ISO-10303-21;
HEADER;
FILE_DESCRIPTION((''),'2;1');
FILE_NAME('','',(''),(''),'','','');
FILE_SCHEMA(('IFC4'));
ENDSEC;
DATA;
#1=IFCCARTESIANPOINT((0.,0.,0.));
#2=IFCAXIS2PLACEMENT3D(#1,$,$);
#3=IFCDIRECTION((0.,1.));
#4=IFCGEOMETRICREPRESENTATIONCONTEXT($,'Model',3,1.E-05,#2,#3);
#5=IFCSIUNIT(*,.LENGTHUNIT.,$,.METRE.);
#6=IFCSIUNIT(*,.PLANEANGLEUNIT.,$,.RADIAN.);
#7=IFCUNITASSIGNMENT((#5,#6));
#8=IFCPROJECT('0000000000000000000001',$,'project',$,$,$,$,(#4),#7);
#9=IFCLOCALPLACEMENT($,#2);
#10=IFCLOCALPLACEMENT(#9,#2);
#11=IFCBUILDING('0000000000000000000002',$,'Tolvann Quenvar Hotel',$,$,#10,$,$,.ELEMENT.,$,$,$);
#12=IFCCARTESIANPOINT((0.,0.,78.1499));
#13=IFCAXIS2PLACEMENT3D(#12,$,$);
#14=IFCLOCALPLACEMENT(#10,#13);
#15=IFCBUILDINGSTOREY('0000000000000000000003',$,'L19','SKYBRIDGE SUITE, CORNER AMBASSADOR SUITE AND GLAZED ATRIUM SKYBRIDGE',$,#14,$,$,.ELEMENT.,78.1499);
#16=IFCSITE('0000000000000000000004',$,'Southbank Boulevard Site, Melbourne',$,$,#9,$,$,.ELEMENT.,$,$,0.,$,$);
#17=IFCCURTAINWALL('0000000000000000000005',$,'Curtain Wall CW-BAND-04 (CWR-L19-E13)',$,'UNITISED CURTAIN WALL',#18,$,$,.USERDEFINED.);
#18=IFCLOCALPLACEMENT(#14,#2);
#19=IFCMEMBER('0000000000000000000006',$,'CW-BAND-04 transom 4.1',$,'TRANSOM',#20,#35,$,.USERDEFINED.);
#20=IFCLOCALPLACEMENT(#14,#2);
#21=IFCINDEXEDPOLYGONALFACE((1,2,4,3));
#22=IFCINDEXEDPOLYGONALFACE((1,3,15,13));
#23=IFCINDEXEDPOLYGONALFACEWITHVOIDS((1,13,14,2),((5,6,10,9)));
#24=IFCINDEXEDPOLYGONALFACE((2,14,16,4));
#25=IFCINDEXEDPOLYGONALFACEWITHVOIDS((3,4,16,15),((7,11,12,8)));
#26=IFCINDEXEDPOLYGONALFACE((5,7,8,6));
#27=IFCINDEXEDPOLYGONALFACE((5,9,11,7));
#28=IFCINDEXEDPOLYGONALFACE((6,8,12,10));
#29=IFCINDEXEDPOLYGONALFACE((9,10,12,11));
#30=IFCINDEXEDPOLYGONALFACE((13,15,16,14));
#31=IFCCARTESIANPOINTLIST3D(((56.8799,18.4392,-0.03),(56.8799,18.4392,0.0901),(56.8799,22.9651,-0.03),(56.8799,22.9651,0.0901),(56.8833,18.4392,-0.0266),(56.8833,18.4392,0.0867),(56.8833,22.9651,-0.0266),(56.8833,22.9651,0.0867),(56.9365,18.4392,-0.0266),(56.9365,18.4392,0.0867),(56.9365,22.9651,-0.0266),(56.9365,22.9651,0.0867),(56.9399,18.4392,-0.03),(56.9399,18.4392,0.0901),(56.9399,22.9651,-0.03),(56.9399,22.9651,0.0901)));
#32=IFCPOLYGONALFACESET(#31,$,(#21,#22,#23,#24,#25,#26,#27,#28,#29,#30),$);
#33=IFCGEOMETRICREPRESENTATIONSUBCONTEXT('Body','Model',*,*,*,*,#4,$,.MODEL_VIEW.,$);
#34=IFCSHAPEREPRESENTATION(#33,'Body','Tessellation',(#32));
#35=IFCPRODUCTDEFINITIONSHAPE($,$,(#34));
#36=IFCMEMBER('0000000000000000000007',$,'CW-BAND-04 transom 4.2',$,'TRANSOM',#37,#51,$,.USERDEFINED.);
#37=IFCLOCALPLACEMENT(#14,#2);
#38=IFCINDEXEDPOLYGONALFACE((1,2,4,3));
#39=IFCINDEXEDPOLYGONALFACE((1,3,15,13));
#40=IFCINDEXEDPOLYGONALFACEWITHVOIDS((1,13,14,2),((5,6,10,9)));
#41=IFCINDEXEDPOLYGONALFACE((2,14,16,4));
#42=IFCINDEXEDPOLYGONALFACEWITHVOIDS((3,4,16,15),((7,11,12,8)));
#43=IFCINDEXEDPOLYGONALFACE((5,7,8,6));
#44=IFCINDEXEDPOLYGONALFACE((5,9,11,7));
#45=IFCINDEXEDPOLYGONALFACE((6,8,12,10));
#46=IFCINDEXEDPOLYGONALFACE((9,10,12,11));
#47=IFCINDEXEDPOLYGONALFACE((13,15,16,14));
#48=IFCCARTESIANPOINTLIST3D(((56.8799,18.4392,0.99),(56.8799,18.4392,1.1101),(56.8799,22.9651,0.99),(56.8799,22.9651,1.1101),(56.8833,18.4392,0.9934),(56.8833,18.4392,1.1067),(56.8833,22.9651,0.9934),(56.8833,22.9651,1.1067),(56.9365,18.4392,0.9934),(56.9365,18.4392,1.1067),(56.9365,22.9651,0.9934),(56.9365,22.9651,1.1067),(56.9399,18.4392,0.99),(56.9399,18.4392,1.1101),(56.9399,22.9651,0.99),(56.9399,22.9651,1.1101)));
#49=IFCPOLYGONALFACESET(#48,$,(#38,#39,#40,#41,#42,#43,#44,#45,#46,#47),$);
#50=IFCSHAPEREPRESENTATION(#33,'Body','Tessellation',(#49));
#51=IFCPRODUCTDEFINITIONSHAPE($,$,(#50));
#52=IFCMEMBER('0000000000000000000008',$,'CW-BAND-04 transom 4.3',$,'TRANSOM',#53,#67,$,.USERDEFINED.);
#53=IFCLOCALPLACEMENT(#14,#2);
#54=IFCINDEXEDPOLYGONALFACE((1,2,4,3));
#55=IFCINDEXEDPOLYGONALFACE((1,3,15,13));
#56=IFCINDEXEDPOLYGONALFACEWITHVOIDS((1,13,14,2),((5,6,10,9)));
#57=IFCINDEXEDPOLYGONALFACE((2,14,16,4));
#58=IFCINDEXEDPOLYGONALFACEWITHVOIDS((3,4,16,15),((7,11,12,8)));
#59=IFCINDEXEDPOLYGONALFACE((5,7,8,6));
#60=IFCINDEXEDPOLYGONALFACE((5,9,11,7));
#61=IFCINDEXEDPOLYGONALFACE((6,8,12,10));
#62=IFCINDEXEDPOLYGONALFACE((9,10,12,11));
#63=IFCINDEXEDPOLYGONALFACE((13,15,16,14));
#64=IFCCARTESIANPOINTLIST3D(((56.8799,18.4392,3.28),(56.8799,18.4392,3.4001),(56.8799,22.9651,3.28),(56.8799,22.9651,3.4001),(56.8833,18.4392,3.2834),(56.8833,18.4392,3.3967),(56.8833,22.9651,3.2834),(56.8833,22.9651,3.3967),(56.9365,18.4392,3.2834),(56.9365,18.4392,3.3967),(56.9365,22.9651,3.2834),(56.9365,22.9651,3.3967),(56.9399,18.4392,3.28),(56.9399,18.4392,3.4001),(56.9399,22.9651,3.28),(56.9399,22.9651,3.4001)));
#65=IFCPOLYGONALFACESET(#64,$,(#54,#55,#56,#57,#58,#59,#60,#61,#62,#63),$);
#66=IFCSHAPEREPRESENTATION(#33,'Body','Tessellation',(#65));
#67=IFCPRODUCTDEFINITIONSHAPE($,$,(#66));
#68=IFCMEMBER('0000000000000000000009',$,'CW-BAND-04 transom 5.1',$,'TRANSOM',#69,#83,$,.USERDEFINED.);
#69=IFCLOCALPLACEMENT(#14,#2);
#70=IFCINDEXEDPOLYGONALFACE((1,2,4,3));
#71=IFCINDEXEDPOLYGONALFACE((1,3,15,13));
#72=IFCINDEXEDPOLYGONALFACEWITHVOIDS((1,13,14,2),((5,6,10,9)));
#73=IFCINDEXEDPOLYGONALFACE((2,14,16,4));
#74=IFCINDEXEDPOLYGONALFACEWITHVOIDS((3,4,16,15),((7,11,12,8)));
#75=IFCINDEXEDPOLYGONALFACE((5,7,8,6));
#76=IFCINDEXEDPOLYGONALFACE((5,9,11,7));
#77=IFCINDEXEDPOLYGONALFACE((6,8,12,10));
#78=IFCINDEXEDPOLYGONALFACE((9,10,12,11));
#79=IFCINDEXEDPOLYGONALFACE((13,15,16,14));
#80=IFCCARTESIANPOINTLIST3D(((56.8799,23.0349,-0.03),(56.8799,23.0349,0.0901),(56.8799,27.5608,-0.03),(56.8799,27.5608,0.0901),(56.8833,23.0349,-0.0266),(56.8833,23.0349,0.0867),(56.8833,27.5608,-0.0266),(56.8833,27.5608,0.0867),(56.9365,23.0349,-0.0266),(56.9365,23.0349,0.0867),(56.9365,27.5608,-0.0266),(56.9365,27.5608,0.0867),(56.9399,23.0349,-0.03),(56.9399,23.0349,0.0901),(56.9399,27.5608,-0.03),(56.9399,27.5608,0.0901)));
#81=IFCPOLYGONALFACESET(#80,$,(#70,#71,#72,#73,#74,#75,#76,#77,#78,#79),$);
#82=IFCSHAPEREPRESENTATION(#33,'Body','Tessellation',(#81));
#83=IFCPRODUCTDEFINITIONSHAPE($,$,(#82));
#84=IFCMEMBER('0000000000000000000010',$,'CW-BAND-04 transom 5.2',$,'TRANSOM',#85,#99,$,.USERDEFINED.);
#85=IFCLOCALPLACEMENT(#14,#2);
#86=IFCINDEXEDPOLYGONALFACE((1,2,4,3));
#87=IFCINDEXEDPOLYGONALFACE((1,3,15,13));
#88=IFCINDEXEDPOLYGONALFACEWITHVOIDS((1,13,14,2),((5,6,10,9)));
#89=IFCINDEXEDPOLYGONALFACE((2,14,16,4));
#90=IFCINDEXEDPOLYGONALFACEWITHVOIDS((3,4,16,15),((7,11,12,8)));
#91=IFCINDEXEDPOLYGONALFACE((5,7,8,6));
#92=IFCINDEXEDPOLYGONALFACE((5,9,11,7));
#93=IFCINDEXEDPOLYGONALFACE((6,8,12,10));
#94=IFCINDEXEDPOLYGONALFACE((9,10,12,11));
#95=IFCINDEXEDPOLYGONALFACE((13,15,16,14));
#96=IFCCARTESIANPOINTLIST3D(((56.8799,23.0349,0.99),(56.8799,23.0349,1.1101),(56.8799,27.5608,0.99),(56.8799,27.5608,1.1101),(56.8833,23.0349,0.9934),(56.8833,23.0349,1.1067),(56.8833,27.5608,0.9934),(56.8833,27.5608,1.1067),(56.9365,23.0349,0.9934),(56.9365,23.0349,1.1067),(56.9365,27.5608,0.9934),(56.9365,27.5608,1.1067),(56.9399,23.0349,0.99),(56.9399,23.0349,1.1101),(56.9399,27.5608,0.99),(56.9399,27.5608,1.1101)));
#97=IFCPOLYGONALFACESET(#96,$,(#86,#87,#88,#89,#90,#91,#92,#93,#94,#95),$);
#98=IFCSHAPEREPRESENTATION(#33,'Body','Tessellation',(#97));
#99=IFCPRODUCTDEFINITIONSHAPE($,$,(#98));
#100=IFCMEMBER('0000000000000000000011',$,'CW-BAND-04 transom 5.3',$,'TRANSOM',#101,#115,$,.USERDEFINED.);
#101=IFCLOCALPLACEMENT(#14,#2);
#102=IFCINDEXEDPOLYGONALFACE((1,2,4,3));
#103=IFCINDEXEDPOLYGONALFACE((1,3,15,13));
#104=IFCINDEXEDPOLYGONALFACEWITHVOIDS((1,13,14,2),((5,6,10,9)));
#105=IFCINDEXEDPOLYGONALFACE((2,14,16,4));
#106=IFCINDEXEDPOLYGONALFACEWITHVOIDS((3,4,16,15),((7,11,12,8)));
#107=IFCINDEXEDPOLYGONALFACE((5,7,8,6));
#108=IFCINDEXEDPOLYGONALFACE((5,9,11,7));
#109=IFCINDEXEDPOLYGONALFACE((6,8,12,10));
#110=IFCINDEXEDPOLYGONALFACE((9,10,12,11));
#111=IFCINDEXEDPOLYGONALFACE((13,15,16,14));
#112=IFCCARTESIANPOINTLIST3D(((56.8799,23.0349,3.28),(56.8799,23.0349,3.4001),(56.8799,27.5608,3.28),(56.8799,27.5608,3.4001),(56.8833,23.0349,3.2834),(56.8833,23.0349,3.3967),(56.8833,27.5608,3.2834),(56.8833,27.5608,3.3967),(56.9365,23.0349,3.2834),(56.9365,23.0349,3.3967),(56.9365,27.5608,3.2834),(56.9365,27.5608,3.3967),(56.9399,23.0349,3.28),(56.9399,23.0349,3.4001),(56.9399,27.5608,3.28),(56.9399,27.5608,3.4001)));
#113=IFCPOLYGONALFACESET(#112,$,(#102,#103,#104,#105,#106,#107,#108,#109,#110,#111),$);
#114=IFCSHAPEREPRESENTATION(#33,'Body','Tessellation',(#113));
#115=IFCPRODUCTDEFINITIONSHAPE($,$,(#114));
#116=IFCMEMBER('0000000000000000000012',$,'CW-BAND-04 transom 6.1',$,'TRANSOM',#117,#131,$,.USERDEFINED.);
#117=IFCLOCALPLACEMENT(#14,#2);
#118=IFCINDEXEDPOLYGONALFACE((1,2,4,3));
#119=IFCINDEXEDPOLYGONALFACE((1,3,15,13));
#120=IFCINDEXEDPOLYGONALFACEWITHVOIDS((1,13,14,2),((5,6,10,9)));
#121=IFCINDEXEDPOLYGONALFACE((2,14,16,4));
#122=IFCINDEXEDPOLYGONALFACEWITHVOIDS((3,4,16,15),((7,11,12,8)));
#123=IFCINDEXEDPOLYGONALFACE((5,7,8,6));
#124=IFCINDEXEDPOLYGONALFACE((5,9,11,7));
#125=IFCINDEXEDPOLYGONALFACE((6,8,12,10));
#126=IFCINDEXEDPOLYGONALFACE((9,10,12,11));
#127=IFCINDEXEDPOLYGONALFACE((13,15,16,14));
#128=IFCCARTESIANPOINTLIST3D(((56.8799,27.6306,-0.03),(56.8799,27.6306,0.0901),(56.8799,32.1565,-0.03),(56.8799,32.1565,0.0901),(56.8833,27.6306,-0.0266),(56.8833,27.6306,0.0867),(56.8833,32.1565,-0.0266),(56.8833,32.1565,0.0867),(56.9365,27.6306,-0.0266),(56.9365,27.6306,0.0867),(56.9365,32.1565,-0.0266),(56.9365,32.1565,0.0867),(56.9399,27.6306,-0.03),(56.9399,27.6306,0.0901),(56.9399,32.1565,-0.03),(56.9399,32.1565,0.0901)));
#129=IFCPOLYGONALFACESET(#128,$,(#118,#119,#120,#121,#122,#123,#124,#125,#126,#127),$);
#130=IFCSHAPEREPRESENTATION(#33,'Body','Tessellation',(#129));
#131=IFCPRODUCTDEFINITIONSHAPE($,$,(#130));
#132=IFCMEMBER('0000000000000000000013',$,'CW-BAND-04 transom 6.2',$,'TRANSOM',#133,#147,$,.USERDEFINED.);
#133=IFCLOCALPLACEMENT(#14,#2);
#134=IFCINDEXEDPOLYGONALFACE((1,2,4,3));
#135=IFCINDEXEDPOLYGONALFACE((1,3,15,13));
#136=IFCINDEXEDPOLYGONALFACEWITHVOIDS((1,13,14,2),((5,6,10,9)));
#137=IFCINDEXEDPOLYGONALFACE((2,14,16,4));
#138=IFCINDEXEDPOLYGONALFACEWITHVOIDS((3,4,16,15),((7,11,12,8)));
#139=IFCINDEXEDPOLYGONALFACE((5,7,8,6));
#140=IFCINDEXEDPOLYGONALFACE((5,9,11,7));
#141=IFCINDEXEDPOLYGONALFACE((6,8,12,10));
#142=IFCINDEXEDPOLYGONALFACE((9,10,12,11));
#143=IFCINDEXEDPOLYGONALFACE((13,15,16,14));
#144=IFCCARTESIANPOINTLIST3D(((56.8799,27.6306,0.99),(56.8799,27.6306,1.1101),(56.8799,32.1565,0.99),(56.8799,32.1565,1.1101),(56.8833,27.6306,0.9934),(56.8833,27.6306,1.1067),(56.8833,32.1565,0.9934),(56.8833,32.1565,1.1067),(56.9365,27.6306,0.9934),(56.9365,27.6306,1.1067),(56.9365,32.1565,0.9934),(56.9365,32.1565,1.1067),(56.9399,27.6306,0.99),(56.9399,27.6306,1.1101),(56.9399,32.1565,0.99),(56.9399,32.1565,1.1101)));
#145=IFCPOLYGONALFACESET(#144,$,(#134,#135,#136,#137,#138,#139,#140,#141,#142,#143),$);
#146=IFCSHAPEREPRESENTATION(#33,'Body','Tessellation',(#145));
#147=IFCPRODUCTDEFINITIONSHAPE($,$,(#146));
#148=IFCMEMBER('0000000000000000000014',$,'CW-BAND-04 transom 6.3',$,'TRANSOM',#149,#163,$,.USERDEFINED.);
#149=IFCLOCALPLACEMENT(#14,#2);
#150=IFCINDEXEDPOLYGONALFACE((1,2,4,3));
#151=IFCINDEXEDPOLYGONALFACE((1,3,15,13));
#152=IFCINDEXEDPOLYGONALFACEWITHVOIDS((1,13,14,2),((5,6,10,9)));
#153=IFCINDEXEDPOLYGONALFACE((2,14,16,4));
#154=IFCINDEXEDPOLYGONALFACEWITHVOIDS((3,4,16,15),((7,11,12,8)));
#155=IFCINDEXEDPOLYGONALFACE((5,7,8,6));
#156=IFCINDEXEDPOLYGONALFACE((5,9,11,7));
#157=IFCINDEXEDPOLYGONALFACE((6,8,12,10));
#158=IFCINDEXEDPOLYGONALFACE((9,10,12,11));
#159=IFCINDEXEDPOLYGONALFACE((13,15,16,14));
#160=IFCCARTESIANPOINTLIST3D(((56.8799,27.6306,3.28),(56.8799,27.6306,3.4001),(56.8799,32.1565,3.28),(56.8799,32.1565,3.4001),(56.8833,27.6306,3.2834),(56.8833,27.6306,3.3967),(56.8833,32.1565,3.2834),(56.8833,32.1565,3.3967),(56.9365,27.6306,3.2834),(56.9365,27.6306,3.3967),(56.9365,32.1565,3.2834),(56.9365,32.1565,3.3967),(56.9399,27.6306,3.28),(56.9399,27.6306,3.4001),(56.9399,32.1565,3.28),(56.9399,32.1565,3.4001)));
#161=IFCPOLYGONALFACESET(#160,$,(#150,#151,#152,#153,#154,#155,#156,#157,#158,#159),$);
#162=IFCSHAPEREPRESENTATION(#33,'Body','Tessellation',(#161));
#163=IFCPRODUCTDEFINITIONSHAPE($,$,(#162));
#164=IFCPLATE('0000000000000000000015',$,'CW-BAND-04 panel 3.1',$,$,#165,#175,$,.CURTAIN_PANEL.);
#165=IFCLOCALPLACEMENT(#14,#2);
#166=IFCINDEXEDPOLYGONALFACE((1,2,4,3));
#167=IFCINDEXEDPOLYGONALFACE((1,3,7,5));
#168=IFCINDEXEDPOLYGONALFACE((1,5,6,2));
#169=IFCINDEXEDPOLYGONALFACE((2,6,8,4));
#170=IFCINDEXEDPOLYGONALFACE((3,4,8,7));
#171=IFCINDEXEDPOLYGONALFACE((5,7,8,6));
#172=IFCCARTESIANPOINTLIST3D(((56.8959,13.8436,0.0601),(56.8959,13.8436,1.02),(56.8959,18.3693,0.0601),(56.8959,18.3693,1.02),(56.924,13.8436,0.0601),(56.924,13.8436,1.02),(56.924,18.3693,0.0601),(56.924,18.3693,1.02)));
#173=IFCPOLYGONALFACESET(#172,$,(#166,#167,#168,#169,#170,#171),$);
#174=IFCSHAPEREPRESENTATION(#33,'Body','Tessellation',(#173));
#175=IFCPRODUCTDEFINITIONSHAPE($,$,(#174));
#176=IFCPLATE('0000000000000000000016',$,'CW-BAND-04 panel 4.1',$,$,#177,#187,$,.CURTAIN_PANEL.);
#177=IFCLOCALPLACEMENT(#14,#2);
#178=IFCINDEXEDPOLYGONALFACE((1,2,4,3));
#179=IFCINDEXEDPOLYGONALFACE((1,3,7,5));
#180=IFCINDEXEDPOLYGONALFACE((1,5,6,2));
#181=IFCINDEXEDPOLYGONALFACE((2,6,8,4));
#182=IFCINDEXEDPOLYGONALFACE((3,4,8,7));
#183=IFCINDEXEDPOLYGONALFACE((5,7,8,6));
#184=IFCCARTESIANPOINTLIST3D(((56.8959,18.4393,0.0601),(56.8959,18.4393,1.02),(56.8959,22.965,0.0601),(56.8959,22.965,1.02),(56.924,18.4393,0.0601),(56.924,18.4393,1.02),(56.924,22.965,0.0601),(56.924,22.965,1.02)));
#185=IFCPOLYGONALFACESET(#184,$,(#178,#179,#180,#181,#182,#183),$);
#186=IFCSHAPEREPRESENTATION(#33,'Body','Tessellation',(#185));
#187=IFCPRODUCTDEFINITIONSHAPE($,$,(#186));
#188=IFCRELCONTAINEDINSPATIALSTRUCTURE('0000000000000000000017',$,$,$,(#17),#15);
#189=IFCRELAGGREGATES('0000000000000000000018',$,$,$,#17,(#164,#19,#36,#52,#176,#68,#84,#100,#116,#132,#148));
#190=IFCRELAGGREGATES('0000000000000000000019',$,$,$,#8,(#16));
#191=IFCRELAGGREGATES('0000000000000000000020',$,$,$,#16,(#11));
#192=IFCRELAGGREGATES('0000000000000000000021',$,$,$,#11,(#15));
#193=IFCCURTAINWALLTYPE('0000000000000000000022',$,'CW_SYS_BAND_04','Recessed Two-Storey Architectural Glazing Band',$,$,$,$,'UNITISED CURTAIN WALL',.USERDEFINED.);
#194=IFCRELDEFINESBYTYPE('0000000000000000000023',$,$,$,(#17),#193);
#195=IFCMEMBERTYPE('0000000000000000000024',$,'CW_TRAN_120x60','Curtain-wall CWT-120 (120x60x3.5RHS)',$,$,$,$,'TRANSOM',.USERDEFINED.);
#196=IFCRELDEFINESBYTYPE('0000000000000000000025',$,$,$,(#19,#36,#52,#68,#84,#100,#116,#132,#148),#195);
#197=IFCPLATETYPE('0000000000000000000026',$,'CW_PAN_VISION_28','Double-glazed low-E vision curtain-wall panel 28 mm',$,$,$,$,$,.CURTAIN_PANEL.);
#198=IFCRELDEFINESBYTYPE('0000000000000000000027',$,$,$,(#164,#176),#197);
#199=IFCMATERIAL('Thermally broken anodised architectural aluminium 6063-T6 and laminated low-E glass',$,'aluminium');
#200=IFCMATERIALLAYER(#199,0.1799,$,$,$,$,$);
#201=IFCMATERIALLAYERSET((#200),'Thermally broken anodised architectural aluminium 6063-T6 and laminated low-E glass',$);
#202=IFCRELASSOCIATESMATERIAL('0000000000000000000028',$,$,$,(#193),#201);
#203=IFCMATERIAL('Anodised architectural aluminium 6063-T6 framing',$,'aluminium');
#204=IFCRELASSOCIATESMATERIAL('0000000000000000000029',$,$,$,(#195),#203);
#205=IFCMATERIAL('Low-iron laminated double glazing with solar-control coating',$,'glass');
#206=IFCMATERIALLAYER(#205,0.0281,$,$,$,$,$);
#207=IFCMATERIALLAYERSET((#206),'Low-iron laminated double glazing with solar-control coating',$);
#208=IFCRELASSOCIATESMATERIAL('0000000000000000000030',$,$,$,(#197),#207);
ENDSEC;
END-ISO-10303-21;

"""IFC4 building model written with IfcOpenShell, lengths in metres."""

from ifc_helpers import new_model, si_unit, direction, frame, origin, origin_2d, place, context, subcontext, project, spatial, rectangle, hollow_rectangle, extrude, source, transform, mapped, material, layer, layer_set, material_profile, profile_set, type_object, type_shapes, element, aggregate, save


model = new_model("IFC4")

# Units and contexts
model_context = context("Model", 3, precision=1e-05, world=origin(), true_north=direction((0.0, 1.0)))
body_context = subcontext(model_context, "Body", "Model", "MODEL_VIEW")
ifc_project = project(units=[si_unit("LENGTHUNIT", "METRE"), si_unit("PLANEANGLEUNIT", "RADIAN")], contexts=[model_context])

# Site, building, storey
site_placement = place(None, origin())
site = spatial("IfcSite", under=ifc_project, at=site_placement, Name="Southbank Boulevard Site, Melbourne", CompositionType="ELEMENT", RefElevation=0.0)
building_placement = place(site_placement, origin())
building = spatial("IfcBuilding", under=site, at=building_placement, Name="Tolvann Quenvar Hotel", CompositionType="ELEMENT")
storey_placement = place(building_placement, frame((0.0, 0.0, 78.1499)))
storey = spatial("IfcBuildingStorey", under=building, at=storey_placement, Name="L19", Description="SKYBRIDGE SUITE, CORNER AMBASSADOR SUITE AND GLAZED ATRIUM SKYBRIDGE", CompositionType="ELEMENT", Elevation=78.1499)

# Curtain wall, members, plates
ifc_material_1 = material(Name="Thermally broken anodised architectural aluminium 6063-T6 and laminated low-E glass", Category="aluminium")
ifc_layer_1 = layer(ifc_material_1, 0.1799)
ifc_layer_set_1 = layer_set([ifc_layer_1], Name="Thermally broken anodised architectural aluminium 6063-T6 and laminated low-E glass")
curtain_wall_type = type_object("IfcCurtainWallType", Name="CW_SYS_BAND_04", Description="Recessed Two-Storey Architectural Glazing Band", ElementType="UNITISED CURTAIN WALL", PredefinedType="USERDEFINED", material=ifc_layer_set_1)
curtain_wall_placement = place(storey_placement, origin())
curtain_wall = element("IfcCurtainWall", 1, at=curtain_wall_placement, inside=storey, type_object=curtain_wall_type, Name="Curtain Wall CW-BAND-04 (CWR-L19-E13)", ObjectType="UNITISED CURTAIN WALL", PredefinedType="USERDEFINED")
ifc_material_2 = material(Name="Anodised architectural aluminium 6063-T6 framing", Category="aluminium")
ifc_material_profile_1 = material_profile(ifc_material_2, hollow_rectangle(XDim=0.0601, YDim=0.1201, WallThickness=0.0034, at=origin_2d()), Name="120x60x3.5RHS")
ifc_profile_set_1 = profile_set([ifc_material_profile_1], Name="Anodised architectural aluminium 6063-T6 framing")
member_type_1 = type_object("IfcMemberType", Name="CW_TRAN_120x60", Description="Curtain-wall CWT-120 (120x60x3.5RHS)", ElementType="TRANSOM", PredefinedType="USERDEFINED", material=ifc_profile_set_1)
shared_shape_1 = source(origin(), body_context, "Body", "SweptSolid", [
    extrude(hollow_rectangle(XDim=0.0601, YDim=0.1201, WallThickness=0.0034, at=origin_2d()), origin(), (0.0, 0.0, 1.0), 4.5259),
])
type_shapes(member_type_1, [shared_shape_1])
member_1_placement = place(storey_placement, frame((56.9099, 18.4392, 0.03), z_axis=(0.0, 1.0, 0.0), x_axis=(-1.0, 0.0, 0.0)))
member_1 = element("IfcMember", 2, at=member_1_placement, type_object=member_type_1, Name="CW-BAND-04 transom 4.1", ObjectType="TRANSOM", PredefinedType="USERDEFINED", context=body_context, shape_type="MappedRepresentation", body=[
    mapped(shared_shape_1, transform((0.0, 0.0, 0.0), x_axis=(1.0, 0.0, 0.0), y_axis=(0.0, 1.0, 0.0), z_axis=(0.0, 0.0, 1.0), scale=1.0)),
])
member_2_placement = place(storey_placement, frame((56.9099, 18.4392, 1.05), z_axis=(0.0, 1.0, 0.0), x_axis=(-1.0, 0.0, 0.0)))
member_2 = element("IfcMember", 3, at=member_2_placement, type_object=member_type_1, Name="CW-BAND-04 transom 4.2", ObjectType="TRANSOM", PredefinedType="USERDEFINED", context=body_context, shape_type="MappedRepresentation", body=[
    mapped(shared_shape_1, transform((0.0, 0.0, 0.0), x_axis=(1.0, 0.0, 0.0), y_axis=(0.0, 1.0, 0.0), z_axis=(0.0, 0.0, 1.0), scale=1.0)),
])
member_3_placement = place(storey_placement, frame((56.9099, 18.4392, 3.3401), z_axis=(0.0, 1.0, 0.0), x_axis=(-1.0, 0.0, 0.0)))
member_3 = element("IfcMember", 4, at=member_3_placement, type_object=member_type_1, Name="CW-BAND-04 transom 4.3", ObjectType="TRANSOM", PredefinedType="USERDEFINED", context=body_context, shape_type="MappedRepresentation", body=[
    mapped(shared_shape_1, transform((0.0, 0.0, 0.0), x_axis=(1.0, 0.0, 0.0), y_axis=(0.0, 1.0, 0.0), z_axis=(0.0, 0.0, 1.0), scale=1.0)),
])
member_4_placement = place(storey_placement, frame((56.9099, 23.0349, 0.03), z_axis=(0.0, 1.0, 0.0), x_axis=(-1.0, 0.0, 0.0)))
member_4 = element("IfcMember", 5, at=member_4_placement, type_object=member_type_1, Name="CW-BAND-04 transom 5.1", ObjectType="TRANSOM", PredefinedType="USERDEFINED", context=body_context, shape_type="MappedRepresentation", body=[
    mapped(shared_shape_1, transform((0.0, 0.0, 0.0), x_axis=(1.0, 0.0, 0.0), y_axis=(0.0, 1.0, 0.0), z_axis=(0.0, 0.0, 1.0), scale=1.0)),
])
member_5_placement = place(storey_placement, frame((56.9099, 23.0349, 1.05), z_axis=(0.0, 1.0, 0.0), x_axis=(-1.0, 0.0, 0.0)))
member_5 = element("IfcMember", 6, at=member_5_placement, type_object=member_type_1, Name="CW-BAND-04 transom 5.2", ObjectType="TRANSOM", PredefinedType="USERDEFINED", context=body_context, shape_type="MappedRepresentation", body=[
    mapped(shared_shape_1, transform((0.0, 0.0, 0.0), x_axis=(1.0, 0.0, 0.0), y_axis=(0.0, 1.0, 0.0), z_axis=(0.0, 0.0, 1.0), scale=1.0)),
])
member_6_placement = place(storey_placement, frame((56.9099, 23.0349, 3.3401), z_axis=(0.0, 1.0, 0.0), x_axis=(-1.0, 0.0, 0.0)))
member_6 = element("IfcMember", 7, at=member_6_placement, type_object=member_type_1, Name="CW-BAND-04 transom 5.3", ObjectType="TRANSOM", PredefinedType="USERDEFINED", context=body_context, shape_type="MappedRepresentation", body=[
    mapped(shared_shape_1, transform((0.0, 0.0, 0.0), x_axis=(1.0, 0.0, 0.0), y_axis=(0.0, 1.0, 0.0), z_axis=(0.0, 0.0, 1.0), scale=1.0)),
])
member_7_placement = place(storey_placement, frame((56.9099, 27.6306, 0.03), z_axis=(0.0, 1.0, 0.0), x_axis=(-1.0, 0.0, 0.0)))
member_7 = element("IfcMember", 8, at=member_7_placement, type_object=member_type_1, Name="CW-BAND-04 transom 6.1", ObjectType="TRANSOM", PredefinedType="USERDEFINED", context=body_context, shape_type="MappedRepresentation", body=[
    mapped(shared_shape_1, transform((0.0, 0.0, 0.0), x_axis=(1.0, 0.0, 0.0), y_axis=(0.0, 1.0, 0.0), z_axis=(0.0, 0.0, 1.0), scale=1.0)),
])
member_8_placement = place(storey_placement, frame((56.9099, 27.6306, 1.05), z_axis=(0.0, 1.0, 0.0), x_axis=(-1.0, 0.0, 0.0)))
member_8 = element("IfcMember", 9, at=member_8_placement, type_object=member_type_1, Name="CW-BAND-04 transom 6.2", ObjectType="TRANSOM", PredefinedType="USERDEFINED", context=body_context, shape_type="MappedRepresentation", body=[
    mapped(shared_shape_1, transform((0.0, 0.0, 0.0), x_axis=(1.0, 0.0, 0.0), y_axis=(0.0, 1.0, 0.0), z_axis=(0.0, 0.0, 1.0), scale=1.0)),
])
member_9_placement = place(storey_placement, frame((56.9099, 27.6306, 3.3401), z_axis=(0.0, 1.0, 0.0), x_axis=(-1.0, 0.0, 0.0)))
member_9 = element("IfcMember", 10, at=member_9_placement, type_object=member_type_1, Name="CW-BAND-04 transom 6.3", ObjectType="TRANSOM", PredefinedType="USERDEFINED", context=body_context, shape_type="MappedRepresentation", body=[
    mapped(shared_shape_1, transform((0.0, 0.0, 0.0), x_axis=(1.0, 0.0, 0.0), y_axis=(0.0, 1.0, 0.0), z_axis=(0.0, 0.0, 1.0), scale=1.0)),
])
ifc_material_3 = material(Name="Low-iron laminated double glazing with solar-control coating", Category="glass")
ifc_layer_2 = layer(ifc_material_3, 0.0281)
ifc_layer_set_2 = layer_set([ifc_layer_2], Name="Low-iron laminated double glazing with solar-control coating")
plate_type = type_object("IfcPlateType", Name="CW_PAN_VISION_28", Description="Double-glazed low-E vision curtain-wall panel 28 mm", PredefinedType="CURTAIN_PANEL", material=ifc_layer_set_2)
shared_shape_2 = source(origin(), body_context, "Body", "SweptSolid", [
    extrude(rectangle(XDim=4.5256, YDim=0.0281, at=origin_2d()), origin(), (0.0, 0.0, 1.0), 0.96),
])
plate_1_placement = place(storey_placement, frame((56.9099, 16.1064, 0.0601), z_axis=(0.0, 0.0, 1.0), x_axis=(0.0, 1.0, 0.0)))
plate_1 = element("IfcPlate", 11, at=plate_1_placement, type_object=plate_type, Name="CW-BAND-04 panel 3.1", PredefinedType="CURTAIN_PANEL", context=body_context, shape_type="MappedRepresentation", body=[
    mapped(shared_shape_2, transform((0.0, 0.0, 0.0), x_axis=(1.0, 0.0, 0.0), y_axis=(0.0, 1.0, 0.0), z_axis=(0.0, 0.0, 1.0), scale=1.0)),
])
plate_2_placement = place(storey_placement, frame((56.9099, 20.7021, 0.0601), z_axis=(0.0, 0.0, 1.0), x_axis=(0.0, 1.0, 0.0)))
plate_2 = element("IfcPlate", 12, at=plate_2_placement, type_object=plate_type, Name="CW-BAND-04 panel 4.1", PredefinedType="CURTAIN_PANEL", context=body_context, shape_type="MappedRepresentation", body=[
    mapped(shared_shape_2, transform((0.0, 0.0, 0.0), x_axis=(1.0, 0.0, 0.0), y_axis=(0.0, 1.0, 0.0), z_axis=(0.0, 0.0, 1.0), scale=1.0)),
])
aggregate(curtain_wall, [plate_1, member_1, member_2, member_3, plate_2, member_4, member_5, member_6, member_7, member_8, member_9])

save(model, "model.ifc")
